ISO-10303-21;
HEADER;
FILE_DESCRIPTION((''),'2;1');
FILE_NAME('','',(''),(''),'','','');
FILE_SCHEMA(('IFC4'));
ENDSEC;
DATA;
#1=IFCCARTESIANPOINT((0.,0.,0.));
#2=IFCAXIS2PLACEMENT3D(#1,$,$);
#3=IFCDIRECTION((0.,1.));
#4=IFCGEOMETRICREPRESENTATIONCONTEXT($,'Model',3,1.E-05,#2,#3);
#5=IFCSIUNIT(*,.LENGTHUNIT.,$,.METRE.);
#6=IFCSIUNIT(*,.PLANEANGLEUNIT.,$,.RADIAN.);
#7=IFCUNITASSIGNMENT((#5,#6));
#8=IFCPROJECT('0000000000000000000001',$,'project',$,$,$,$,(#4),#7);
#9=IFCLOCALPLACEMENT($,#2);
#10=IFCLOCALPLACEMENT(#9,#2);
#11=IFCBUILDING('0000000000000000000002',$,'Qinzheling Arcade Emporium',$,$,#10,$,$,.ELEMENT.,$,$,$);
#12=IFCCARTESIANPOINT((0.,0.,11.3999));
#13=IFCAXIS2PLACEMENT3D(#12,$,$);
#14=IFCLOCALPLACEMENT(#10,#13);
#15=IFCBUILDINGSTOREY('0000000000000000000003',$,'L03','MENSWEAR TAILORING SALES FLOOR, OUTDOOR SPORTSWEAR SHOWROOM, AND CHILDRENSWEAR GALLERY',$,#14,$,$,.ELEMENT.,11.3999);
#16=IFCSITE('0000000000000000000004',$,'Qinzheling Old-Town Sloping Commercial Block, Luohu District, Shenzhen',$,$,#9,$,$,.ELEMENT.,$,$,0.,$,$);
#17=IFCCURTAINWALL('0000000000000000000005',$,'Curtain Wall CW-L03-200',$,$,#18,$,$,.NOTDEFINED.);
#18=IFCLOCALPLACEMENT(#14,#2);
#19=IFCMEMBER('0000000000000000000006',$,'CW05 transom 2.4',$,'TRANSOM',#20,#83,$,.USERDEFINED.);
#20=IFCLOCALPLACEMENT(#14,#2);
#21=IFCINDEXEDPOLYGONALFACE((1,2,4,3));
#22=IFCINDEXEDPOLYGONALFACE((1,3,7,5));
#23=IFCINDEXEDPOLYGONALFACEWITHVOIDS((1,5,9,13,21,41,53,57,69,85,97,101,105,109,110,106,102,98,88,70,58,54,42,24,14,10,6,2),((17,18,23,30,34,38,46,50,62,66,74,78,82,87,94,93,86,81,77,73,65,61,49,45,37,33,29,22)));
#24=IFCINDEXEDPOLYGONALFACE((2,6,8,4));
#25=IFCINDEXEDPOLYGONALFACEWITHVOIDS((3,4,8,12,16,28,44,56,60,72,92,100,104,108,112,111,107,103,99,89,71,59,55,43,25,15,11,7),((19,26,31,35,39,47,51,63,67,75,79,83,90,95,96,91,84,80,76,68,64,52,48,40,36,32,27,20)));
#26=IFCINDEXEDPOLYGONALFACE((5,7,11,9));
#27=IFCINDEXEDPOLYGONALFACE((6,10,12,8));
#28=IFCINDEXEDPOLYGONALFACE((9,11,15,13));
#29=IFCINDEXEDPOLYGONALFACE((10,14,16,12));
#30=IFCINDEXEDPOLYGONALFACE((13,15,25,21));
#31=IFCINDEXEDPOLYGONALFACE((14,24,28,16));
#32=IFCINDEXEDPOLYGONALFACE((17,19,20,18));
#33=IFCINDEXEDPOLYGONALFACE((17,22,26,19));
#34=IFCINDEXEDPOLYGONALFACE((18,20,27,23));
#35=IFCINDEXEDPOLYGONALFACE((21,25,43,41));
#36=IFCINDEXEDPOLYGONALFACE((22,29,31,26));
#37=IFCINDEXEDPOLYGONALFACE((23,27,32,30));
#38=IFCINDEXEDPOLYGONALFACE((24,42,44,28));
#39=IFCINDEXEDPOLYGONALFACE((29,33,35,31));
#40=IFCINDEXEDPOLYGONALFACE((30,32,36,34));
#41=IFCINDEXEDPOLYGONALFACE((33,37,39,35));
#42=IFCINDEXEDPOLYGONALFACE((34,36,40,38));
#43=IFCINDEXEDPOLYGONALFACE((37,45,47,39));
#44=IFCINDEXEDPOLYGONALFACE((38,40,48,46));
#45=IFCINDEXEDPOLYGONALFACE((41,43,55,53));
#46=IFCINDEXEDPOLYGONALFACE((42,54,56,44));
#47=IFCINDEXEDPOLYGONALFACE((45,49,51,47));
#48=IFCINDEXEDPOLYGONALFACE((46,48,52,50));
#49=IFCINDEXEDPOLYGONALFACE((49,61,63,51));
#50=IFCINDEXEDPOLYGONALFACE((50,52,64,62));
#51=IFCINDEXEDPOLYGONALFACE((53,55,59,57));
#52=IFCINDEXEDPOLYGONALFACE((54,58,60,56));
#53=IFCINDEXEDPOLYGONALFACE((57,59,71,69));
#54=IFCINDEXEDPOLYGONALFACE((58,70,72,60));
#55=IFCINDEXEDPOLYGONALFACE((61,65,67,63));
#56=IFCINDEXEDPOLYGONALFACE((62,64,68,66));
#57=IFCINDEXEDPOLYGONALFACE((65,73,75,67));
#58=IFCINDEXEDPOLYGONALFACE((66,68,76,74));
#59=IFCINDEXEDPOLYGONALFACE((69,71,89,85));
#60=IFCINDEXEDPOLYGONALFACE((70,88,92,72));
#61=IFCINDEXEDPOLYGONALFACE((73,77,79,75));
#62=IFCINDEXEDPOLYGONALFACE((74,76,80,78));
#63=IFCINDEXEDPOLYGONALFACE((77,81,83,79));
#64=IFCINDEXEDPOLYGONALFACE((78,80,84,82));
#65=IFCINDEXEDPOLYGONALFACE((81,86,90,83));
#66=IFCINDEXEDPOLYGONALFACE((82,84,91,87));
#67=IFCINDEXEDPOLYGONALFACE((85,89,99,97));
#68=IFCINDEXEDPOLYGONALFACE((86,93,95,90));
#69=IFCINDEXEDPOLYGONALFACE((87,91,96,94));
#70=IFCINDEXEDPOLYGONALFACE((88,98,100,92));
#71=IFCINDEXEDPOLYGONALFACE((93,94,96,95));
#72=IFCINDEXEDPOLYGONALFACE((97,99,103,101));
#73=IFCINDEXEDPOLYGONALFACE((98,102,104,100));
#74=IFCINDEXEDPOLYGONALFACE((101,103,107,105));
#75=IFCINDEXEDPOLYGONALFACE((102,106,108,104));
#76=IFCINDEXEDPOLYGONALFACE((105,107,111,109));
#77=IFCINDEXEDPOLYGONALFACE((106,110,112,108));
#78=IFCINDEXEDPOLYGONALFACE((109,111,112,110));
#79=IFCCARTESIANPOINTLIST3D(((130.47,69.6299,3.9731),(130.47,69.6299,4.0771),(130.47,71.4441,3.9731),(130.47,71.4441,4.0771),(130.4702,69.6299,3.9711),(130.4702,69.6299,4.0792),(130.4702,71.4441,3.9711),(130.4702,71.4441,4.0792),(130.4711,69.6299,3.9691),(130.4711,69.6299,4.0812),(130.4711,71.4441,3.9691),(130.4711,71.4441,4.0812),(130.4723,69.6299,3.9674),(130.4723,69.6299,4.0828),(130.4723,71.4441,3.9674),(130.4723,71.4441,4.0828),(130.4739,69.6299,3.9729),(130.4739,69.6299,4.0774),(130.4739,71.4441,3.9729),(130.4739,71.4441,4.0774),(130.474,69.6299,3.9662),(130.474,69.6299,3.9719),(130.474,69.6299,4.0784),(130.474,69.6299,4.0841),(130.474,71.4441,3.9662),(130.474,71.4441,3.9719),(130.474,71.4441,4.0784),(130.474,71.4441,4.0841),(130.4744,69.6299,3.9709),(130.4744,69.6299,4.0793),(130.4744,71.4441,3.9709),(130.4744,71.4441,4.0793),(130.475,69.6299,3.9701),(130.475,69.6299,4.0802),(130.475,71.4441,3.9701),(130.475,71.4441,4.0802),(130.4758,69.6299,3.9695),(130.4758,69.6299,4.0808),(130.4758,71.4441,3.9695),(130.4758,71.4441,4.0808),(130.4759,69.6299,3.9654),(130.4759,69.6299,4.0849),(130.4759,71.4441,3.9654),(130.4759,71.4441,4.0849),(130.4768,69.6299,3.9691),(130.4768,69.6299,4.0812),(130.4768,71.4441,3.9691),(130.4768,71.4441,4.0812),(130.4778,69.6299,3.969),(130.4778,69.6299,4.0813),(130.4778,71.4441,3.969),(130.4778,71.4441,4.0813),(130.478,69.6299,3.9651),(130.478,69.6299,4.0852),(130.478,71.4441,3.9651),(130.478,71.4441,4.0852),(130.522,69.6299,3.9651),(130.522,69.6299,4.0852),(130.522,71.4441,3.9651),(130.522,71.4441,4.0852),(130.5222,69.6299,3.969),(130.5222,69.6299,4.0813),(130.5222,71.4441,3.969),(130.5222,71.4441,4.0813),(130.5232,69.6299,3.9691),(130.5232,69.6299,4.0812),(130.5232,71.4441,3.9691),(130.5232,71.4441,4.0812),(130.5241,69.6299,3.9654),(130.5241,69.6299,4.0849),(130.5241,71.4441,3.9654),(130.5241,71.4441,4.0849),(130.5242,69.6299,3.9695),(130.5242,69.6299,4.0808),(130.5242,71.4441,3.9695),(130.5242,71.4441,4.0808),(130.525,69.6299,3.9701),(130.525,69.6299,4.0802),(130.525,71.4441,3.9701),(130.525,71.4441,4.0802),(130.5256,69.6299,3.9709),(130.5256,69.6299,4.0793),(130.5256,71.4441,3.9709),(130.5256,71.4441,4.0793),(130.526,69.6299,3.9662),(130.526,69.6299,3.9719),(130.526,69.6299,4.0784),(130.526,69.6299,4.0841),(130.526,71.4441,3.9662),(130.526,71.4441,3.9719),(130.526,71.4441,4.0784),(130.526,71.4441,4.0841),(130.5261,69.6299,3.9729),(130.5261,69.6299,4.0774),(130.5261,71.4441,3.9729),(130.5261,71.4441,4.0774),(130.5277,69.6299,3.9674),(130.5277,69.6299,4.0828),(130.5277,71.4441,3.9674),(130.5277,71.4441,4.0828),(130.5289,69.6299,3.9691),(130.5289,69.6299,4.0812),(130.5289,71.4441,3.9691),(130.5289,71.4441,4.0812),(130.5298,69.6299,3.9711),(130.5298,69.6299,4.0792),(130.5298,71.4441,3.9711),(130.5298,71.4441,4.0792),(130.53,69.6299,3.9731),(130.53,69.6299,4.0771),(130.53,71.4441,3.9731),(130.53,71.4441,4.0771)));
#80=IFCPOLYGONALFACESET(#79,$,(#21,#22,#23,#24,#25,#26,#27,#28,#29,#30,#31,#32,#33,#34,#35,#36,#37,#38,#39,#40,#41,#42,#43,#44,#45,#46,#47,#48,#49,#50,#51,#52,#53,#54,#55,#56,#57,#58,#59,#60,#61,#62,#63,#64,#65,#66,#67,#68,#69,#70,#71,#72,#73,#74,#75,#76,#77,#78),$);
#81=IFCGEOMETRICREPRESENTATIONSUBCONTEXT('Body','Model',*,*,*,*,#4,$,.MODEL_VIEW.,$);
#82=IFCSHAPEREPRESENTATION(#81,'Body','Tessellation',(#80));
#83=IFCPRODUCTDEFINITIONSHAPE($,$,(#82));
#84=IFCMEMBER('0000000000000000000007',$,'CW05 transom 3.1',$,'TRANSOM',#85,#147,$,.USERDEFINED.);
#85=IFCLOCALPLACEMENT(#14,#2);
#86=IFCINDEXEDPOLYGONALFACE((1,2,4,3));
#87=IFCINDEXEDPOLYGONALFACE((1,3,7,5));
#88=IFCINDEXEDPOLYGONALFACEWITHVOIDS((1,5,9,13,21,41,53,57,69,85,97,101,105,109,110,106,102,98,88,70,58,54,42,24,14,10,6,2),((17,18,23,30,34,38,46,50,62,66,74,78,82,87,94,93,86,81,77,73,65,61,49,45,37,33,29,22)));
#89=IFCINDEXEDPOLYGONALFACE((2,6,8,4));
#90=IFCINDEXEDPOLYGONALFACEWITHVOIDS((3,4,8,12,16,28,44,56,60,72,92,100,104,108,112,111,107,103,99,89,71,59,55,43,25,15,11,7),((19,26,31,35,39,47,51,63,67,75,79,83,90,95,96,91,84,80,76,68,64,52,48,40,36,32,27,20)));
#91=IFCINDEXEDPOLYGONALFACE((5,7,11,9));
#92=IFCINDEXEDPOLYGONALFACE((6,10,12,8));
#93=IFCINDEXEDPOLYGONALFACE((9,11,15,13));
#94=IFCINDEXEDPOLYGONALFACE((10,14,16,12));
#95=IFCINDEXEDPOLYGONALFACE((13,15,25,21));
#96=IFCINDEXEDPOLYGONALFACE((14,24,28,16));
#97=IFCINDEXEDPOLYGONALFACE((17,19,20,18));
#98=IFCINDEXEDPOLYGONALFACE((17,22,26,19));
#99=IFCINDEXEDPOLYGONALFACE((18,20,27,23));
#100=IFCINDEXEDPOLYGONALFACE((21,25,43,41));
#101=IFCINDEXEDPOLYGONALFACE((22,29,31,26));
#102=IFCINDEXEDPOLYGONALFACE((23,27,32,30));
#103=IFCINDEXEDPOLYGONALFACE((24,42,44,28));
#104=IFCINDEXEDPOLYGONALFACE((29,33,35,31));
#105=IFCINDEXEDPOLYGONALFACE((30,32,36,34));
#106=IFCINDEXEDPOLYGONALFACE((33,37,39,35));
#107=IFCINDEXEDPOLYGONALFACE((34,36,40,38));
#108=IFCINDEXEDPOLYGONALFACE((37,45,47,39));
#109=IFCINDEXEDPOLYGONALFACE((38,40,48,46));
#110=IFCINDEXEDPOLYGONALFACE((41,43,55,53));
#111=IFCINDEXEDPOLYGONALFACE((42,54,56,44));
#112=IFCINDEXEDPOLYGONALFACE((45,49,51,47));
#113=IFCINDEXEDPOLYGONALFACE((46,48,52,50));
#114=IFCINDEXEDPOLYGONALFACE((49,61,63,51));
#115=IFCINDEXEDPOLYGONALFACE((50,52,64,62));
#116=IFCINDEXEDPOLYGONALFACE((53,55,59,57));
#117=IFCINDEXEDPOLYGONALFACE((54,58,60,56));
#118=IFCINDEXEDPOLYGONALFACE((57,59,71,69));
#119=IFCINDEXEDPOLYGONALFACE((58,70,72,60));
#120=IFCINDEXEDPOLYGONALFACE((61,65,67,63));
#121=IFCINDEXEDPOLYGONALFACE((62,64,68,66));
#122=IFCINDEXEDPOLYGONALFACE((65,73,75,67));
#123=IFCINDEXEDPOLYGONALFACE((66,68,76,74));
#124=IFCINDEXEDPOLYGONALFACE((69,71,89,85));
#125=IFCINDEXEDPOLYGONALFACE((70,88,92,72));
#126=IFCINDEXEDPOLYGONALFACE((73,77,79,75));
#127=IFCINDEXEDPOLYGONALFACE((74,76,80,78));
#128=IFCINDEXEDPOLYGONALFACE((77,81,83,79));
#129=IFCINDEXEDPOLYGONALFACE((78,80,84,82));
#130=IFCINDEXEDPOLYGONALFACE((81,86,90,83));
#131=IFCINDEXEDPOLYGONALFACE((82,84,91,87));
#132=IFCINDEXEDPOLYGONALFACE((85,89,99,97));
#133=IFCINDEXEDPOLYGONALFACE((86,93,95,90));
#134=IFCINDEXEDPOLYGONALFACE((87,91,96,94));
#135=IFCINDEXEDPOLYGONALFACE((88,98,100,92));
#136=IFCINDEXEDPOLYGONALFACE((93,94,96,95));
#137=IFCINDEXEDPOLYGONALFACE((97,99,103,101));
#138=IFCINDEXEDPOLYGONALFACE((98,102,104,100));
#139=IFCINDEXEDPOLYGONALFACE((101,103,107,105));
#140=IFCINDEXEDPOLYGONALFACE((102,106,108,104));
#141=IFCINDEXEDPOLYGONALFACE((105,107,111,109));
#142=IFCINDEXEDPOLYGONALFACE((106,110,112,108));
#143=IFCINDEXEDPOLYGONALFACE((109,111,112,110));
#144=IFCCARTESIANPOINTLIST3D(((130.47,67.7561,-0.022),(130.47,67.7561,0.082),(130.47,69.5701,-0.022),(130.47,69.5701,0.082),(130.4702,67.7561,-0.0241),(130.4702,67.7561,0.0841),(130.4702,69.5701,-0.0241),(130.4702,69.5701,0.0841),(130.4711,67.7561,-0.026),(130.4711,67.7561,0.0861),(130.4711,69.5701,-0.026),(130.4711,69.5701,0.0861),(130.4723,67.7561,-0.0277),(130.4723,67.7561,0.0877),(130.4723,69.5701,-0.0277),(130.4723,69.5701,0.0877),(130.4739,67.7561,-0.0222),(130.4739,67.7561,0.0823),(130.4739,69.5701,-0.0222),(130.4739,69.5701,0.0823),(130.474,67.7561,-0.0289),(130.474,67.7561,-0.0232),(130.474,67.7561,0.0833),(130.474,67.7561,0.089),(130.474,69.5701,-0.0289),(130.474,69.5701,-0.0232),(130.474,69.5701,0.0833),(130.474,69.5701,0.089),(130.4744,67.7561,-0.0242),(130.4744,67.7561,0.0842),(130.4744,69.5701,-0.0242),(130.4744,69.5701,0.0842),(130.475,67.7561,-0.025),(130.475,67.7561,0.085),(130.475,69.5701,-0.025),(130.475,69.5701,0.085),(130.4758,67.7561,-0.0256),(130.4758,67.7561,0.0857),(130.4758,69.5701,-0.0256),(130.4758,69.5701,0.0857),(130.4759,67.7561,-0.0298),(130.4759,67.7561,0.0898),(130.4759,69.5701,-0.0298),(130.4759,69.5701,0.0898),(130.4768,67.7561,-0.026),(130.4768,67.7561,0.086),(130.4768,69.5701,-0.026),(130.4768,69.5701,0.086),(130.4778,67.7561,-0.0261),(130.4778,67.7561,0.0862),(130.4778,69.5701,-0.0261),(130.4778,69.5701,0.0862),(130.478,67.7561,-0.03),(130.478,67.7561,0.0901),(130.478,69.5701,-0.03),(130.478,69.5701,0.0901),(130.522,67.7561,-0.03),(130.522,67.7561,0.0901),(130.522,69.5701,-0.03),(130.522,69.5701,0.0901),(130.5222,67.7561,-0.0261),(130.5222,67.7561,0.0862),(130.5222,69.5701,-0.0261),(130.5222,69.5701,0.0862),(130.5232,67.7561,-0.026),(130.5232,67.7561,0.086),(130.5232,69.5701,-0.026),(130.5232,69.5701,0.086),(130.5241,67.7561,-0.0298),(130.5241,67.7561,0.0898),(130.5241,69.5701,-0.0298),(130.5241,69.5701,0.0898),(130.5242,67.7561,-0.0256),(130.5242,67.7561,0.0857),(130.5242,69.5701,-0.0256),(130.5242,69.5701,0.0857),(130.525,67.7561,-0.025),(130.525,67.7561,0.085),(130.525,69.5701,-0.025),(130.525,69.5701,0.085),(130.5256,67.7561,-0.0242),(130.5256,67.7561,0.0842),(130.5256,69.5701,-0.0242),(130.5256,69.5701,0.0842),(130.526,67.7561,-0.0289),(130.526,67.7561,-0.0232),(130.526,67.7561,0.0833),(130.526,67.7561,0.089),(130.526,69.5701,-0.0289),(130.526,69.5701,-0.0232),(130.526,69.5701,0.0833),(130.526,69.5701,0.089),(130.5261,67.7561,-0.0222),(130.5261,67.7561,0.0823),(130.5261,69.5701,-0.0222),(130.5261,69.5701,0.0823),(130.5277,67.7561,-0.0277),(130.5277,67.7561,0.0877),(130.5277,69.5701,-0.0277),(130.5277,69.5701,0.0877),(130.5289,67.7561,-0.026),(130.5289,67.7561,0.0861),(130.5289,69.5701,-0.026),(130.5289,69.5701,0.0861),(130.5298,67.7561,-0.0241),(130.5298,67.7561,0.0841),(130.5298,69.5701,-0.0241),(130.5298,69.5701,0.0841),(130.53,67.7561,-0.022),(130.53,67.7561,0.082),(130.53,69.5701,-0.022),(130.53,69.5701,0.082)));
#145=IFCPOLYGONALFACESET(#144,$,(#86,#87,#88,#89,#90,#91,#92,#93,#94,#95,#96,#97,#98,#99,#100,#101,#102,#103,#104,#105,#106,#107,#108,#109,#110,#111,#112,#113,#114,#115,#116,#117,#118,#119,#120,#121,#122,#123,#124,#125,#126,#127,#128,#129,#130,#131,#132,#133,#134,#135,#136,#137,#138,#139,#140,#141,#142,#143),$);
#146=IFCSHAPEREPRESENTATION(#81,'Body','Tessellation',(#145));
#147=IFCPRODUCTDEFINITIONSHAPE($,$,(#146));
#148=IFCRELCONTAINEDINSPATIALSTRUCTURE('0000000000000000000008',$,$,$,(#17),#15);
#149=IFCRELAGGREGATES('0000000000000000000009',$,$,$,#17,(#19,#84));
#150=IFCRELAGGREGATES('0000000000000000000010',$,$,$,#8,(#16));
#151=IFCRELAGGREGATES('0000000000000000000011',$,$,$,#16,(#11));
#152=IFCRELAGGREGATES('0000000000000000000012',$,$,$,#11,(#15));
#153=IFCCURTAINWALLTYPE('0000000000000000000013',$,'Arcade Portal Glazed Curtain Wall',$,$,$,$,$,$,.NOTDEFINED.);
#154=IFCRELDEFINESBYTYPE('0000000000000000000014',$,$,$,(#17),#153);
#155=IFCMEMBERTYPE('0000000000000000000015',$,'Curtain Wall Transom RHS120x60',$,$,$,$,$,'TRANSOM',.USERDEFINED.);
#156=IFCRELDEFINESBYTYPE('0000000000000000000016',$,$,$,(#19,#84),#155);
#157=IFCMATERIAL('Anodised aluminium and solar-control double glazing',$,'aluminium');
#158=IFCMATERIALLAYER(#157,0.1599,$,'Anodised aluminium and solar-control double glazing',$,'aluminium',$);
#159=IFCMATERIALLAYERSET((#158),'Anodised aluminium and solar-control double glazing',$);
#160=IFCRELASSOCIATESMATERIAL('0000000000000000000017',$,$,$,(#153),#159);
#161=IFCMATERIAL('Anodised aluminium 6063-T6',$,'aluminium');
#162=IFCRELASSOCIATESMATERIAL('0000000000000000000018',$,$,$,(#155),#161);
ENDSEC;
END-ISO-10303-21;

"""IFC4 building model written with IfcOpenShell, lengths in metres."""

from ifc_helpers import new_model, si_unit, direction, frame, origin, origin_2d, place, context, subcontext, project, spatial, hollow_rectangle, extrude, material, layer, layer_set, material_profile, profile_set, type_object, element, aggregate, save


model = new_model("IFC4")

# Units and contexts
model_context = context("Model", 3, precision=1e-05, world=origin(), true_north=direction((0.0, 1.0)))
body_context = subcontext(model_context, "Body", "Model", "MODEL_VIEW")
ifc_project = project(units=[si_unit("LENGTHUNIT", "METRE"), si_unit("PLANEANGLEUNIT", "RADIAN")], contexts=[model_context])

# Site, building, storey
site_placement = place(None, origin())
site = spatial("IfcSite", under=ifc_project, at=site_placement, Name="Qinzheling Old-Town Sloping Commercial Block, Luohu District, Shenzhen", CompositionType="ELEMENT", RefElevation=0.0)
building_placement = place(site_placement, origin())
building = spatial("IfcBuilding", under=site, at=building_placement, Name="Qinzheling Arcade Emporium", CompositionType="ELEMENT")
storey_placement = place(building_placement, frame((0.0, 0.0, 11.3999)))
storey = spatial("IfcBuildingStorey", under=building, at=storey_placement, Name="L03", Description="MENSWEAR TAILORING SALES FLOOR, OUTDOOR SPORTSWEAR SHOWROOM, AND CHILDRENSWEAR GALLERY", CompositionType="ELEMENT", Elevation=11.3999)

# Curtain wall, members
ifc_material_1 = material(Name="Anodised aluminium and solar-control double glazing", Category="aluminium")
ifc_layer_1 = layer(ifc_material_1, 0.1599, Name="Anodised aluminium and solar-control double glazing", Category="aluminium")
ifc_layer_set_1 = layer_set([ifc_layer_1], Name="Anodised aluminium and solar-control double glazing")
curtain_wall_type = type_object("IfcCurtainWallType", Name="Arcade Portal Glazed Curtain Wall", PredefinedType="NOTDEFINED", material=ifc_layer_set_1)
curtain_wall_placement = place(storey_placement, origin())
curtain_wall = element("IfcCurtainWall", 1, at=curtain_wall_placement, inside=storey, type_object=curtain_wall_type, Name="Curtain Wall CW-L03-200", PredefinedType="NOTDEFINED")
ifc_material_2 = material(Name="Anodised aluminium 6063-T6", Category="aluminium")
ifc_material_profile_1 = material_profile(ifc_material_2, hollow_rectangle(XDim=0.0601, YDim=0.1201, WallThickness=0.0039, InnerFilletRadius=0.0039, OuterFilletRadius=0.0081, at=origin_2d()), Name="RHS 120x60x4", Category="aluminium")
ifc_profile_set_1 = profile_set([ifc_material_profile_1], Name="Anodised aluminium 6063-T6")
member_type_1 = type_object("IfcMemberType", Name="Curtain Wall Transom RHS120x60", ElementType="TRANSOM", PredefinedType="USERDEFINED", material=ifc_profile_set_1)
member_1_placement = place(storey_placement, frame((130.5, 71.4441, 4.0251), z_axis=(0.0, -1.0, 0.0), x_axis=(1.0, 0.0, 0.0)))
member_1 = element("IfcMember", 2, at=member_1_placement, type_object=member_type_1, Name="CW05 transom 2.4", ObjectType="TRANSOM", PredefinedType="USERDEFINED", context=body_context, shape_type="SweptSolid", body=[
    extrude(hollow_rectangle(XDim=0.0601, YDim=0.1201, WallThickness=0.0039, InnerFilletRadius=0.0039, OuterFilletRadius=0.0081, at=origin_2d()), origin(), (0.0, 0.0, 1.0), 1.8142),
])
member_2_placement = place(storey_placement, frame((130.5, 69.5701, 0.03), z_axis=(0.0, -1.0, 0.0), x_axis=(1.0, 0.0, 0.0)))
member_2 = element("IfcMember", 3, at=member_2_placement, type_object=member_type_1, Name="CW05 transom 3.1", ObjectType="TRANSOM", PredefinedType="USERDEFINED", context=body_context, shape_type="SweptSolid", body=[
    extrude(hollow_rectangle(XDim=0.0601, YDim=0.1201, WallThickness=0.0039, InnerFilletRadius=0.0039, OuterFilletRadius=0.0081, at=origin_2d()), origin(), (0.0, 0.0, 1.0), 1.814),
])
aggregate(curtain_wall, [member_1, member_2])

save(model, "model.ifc")
